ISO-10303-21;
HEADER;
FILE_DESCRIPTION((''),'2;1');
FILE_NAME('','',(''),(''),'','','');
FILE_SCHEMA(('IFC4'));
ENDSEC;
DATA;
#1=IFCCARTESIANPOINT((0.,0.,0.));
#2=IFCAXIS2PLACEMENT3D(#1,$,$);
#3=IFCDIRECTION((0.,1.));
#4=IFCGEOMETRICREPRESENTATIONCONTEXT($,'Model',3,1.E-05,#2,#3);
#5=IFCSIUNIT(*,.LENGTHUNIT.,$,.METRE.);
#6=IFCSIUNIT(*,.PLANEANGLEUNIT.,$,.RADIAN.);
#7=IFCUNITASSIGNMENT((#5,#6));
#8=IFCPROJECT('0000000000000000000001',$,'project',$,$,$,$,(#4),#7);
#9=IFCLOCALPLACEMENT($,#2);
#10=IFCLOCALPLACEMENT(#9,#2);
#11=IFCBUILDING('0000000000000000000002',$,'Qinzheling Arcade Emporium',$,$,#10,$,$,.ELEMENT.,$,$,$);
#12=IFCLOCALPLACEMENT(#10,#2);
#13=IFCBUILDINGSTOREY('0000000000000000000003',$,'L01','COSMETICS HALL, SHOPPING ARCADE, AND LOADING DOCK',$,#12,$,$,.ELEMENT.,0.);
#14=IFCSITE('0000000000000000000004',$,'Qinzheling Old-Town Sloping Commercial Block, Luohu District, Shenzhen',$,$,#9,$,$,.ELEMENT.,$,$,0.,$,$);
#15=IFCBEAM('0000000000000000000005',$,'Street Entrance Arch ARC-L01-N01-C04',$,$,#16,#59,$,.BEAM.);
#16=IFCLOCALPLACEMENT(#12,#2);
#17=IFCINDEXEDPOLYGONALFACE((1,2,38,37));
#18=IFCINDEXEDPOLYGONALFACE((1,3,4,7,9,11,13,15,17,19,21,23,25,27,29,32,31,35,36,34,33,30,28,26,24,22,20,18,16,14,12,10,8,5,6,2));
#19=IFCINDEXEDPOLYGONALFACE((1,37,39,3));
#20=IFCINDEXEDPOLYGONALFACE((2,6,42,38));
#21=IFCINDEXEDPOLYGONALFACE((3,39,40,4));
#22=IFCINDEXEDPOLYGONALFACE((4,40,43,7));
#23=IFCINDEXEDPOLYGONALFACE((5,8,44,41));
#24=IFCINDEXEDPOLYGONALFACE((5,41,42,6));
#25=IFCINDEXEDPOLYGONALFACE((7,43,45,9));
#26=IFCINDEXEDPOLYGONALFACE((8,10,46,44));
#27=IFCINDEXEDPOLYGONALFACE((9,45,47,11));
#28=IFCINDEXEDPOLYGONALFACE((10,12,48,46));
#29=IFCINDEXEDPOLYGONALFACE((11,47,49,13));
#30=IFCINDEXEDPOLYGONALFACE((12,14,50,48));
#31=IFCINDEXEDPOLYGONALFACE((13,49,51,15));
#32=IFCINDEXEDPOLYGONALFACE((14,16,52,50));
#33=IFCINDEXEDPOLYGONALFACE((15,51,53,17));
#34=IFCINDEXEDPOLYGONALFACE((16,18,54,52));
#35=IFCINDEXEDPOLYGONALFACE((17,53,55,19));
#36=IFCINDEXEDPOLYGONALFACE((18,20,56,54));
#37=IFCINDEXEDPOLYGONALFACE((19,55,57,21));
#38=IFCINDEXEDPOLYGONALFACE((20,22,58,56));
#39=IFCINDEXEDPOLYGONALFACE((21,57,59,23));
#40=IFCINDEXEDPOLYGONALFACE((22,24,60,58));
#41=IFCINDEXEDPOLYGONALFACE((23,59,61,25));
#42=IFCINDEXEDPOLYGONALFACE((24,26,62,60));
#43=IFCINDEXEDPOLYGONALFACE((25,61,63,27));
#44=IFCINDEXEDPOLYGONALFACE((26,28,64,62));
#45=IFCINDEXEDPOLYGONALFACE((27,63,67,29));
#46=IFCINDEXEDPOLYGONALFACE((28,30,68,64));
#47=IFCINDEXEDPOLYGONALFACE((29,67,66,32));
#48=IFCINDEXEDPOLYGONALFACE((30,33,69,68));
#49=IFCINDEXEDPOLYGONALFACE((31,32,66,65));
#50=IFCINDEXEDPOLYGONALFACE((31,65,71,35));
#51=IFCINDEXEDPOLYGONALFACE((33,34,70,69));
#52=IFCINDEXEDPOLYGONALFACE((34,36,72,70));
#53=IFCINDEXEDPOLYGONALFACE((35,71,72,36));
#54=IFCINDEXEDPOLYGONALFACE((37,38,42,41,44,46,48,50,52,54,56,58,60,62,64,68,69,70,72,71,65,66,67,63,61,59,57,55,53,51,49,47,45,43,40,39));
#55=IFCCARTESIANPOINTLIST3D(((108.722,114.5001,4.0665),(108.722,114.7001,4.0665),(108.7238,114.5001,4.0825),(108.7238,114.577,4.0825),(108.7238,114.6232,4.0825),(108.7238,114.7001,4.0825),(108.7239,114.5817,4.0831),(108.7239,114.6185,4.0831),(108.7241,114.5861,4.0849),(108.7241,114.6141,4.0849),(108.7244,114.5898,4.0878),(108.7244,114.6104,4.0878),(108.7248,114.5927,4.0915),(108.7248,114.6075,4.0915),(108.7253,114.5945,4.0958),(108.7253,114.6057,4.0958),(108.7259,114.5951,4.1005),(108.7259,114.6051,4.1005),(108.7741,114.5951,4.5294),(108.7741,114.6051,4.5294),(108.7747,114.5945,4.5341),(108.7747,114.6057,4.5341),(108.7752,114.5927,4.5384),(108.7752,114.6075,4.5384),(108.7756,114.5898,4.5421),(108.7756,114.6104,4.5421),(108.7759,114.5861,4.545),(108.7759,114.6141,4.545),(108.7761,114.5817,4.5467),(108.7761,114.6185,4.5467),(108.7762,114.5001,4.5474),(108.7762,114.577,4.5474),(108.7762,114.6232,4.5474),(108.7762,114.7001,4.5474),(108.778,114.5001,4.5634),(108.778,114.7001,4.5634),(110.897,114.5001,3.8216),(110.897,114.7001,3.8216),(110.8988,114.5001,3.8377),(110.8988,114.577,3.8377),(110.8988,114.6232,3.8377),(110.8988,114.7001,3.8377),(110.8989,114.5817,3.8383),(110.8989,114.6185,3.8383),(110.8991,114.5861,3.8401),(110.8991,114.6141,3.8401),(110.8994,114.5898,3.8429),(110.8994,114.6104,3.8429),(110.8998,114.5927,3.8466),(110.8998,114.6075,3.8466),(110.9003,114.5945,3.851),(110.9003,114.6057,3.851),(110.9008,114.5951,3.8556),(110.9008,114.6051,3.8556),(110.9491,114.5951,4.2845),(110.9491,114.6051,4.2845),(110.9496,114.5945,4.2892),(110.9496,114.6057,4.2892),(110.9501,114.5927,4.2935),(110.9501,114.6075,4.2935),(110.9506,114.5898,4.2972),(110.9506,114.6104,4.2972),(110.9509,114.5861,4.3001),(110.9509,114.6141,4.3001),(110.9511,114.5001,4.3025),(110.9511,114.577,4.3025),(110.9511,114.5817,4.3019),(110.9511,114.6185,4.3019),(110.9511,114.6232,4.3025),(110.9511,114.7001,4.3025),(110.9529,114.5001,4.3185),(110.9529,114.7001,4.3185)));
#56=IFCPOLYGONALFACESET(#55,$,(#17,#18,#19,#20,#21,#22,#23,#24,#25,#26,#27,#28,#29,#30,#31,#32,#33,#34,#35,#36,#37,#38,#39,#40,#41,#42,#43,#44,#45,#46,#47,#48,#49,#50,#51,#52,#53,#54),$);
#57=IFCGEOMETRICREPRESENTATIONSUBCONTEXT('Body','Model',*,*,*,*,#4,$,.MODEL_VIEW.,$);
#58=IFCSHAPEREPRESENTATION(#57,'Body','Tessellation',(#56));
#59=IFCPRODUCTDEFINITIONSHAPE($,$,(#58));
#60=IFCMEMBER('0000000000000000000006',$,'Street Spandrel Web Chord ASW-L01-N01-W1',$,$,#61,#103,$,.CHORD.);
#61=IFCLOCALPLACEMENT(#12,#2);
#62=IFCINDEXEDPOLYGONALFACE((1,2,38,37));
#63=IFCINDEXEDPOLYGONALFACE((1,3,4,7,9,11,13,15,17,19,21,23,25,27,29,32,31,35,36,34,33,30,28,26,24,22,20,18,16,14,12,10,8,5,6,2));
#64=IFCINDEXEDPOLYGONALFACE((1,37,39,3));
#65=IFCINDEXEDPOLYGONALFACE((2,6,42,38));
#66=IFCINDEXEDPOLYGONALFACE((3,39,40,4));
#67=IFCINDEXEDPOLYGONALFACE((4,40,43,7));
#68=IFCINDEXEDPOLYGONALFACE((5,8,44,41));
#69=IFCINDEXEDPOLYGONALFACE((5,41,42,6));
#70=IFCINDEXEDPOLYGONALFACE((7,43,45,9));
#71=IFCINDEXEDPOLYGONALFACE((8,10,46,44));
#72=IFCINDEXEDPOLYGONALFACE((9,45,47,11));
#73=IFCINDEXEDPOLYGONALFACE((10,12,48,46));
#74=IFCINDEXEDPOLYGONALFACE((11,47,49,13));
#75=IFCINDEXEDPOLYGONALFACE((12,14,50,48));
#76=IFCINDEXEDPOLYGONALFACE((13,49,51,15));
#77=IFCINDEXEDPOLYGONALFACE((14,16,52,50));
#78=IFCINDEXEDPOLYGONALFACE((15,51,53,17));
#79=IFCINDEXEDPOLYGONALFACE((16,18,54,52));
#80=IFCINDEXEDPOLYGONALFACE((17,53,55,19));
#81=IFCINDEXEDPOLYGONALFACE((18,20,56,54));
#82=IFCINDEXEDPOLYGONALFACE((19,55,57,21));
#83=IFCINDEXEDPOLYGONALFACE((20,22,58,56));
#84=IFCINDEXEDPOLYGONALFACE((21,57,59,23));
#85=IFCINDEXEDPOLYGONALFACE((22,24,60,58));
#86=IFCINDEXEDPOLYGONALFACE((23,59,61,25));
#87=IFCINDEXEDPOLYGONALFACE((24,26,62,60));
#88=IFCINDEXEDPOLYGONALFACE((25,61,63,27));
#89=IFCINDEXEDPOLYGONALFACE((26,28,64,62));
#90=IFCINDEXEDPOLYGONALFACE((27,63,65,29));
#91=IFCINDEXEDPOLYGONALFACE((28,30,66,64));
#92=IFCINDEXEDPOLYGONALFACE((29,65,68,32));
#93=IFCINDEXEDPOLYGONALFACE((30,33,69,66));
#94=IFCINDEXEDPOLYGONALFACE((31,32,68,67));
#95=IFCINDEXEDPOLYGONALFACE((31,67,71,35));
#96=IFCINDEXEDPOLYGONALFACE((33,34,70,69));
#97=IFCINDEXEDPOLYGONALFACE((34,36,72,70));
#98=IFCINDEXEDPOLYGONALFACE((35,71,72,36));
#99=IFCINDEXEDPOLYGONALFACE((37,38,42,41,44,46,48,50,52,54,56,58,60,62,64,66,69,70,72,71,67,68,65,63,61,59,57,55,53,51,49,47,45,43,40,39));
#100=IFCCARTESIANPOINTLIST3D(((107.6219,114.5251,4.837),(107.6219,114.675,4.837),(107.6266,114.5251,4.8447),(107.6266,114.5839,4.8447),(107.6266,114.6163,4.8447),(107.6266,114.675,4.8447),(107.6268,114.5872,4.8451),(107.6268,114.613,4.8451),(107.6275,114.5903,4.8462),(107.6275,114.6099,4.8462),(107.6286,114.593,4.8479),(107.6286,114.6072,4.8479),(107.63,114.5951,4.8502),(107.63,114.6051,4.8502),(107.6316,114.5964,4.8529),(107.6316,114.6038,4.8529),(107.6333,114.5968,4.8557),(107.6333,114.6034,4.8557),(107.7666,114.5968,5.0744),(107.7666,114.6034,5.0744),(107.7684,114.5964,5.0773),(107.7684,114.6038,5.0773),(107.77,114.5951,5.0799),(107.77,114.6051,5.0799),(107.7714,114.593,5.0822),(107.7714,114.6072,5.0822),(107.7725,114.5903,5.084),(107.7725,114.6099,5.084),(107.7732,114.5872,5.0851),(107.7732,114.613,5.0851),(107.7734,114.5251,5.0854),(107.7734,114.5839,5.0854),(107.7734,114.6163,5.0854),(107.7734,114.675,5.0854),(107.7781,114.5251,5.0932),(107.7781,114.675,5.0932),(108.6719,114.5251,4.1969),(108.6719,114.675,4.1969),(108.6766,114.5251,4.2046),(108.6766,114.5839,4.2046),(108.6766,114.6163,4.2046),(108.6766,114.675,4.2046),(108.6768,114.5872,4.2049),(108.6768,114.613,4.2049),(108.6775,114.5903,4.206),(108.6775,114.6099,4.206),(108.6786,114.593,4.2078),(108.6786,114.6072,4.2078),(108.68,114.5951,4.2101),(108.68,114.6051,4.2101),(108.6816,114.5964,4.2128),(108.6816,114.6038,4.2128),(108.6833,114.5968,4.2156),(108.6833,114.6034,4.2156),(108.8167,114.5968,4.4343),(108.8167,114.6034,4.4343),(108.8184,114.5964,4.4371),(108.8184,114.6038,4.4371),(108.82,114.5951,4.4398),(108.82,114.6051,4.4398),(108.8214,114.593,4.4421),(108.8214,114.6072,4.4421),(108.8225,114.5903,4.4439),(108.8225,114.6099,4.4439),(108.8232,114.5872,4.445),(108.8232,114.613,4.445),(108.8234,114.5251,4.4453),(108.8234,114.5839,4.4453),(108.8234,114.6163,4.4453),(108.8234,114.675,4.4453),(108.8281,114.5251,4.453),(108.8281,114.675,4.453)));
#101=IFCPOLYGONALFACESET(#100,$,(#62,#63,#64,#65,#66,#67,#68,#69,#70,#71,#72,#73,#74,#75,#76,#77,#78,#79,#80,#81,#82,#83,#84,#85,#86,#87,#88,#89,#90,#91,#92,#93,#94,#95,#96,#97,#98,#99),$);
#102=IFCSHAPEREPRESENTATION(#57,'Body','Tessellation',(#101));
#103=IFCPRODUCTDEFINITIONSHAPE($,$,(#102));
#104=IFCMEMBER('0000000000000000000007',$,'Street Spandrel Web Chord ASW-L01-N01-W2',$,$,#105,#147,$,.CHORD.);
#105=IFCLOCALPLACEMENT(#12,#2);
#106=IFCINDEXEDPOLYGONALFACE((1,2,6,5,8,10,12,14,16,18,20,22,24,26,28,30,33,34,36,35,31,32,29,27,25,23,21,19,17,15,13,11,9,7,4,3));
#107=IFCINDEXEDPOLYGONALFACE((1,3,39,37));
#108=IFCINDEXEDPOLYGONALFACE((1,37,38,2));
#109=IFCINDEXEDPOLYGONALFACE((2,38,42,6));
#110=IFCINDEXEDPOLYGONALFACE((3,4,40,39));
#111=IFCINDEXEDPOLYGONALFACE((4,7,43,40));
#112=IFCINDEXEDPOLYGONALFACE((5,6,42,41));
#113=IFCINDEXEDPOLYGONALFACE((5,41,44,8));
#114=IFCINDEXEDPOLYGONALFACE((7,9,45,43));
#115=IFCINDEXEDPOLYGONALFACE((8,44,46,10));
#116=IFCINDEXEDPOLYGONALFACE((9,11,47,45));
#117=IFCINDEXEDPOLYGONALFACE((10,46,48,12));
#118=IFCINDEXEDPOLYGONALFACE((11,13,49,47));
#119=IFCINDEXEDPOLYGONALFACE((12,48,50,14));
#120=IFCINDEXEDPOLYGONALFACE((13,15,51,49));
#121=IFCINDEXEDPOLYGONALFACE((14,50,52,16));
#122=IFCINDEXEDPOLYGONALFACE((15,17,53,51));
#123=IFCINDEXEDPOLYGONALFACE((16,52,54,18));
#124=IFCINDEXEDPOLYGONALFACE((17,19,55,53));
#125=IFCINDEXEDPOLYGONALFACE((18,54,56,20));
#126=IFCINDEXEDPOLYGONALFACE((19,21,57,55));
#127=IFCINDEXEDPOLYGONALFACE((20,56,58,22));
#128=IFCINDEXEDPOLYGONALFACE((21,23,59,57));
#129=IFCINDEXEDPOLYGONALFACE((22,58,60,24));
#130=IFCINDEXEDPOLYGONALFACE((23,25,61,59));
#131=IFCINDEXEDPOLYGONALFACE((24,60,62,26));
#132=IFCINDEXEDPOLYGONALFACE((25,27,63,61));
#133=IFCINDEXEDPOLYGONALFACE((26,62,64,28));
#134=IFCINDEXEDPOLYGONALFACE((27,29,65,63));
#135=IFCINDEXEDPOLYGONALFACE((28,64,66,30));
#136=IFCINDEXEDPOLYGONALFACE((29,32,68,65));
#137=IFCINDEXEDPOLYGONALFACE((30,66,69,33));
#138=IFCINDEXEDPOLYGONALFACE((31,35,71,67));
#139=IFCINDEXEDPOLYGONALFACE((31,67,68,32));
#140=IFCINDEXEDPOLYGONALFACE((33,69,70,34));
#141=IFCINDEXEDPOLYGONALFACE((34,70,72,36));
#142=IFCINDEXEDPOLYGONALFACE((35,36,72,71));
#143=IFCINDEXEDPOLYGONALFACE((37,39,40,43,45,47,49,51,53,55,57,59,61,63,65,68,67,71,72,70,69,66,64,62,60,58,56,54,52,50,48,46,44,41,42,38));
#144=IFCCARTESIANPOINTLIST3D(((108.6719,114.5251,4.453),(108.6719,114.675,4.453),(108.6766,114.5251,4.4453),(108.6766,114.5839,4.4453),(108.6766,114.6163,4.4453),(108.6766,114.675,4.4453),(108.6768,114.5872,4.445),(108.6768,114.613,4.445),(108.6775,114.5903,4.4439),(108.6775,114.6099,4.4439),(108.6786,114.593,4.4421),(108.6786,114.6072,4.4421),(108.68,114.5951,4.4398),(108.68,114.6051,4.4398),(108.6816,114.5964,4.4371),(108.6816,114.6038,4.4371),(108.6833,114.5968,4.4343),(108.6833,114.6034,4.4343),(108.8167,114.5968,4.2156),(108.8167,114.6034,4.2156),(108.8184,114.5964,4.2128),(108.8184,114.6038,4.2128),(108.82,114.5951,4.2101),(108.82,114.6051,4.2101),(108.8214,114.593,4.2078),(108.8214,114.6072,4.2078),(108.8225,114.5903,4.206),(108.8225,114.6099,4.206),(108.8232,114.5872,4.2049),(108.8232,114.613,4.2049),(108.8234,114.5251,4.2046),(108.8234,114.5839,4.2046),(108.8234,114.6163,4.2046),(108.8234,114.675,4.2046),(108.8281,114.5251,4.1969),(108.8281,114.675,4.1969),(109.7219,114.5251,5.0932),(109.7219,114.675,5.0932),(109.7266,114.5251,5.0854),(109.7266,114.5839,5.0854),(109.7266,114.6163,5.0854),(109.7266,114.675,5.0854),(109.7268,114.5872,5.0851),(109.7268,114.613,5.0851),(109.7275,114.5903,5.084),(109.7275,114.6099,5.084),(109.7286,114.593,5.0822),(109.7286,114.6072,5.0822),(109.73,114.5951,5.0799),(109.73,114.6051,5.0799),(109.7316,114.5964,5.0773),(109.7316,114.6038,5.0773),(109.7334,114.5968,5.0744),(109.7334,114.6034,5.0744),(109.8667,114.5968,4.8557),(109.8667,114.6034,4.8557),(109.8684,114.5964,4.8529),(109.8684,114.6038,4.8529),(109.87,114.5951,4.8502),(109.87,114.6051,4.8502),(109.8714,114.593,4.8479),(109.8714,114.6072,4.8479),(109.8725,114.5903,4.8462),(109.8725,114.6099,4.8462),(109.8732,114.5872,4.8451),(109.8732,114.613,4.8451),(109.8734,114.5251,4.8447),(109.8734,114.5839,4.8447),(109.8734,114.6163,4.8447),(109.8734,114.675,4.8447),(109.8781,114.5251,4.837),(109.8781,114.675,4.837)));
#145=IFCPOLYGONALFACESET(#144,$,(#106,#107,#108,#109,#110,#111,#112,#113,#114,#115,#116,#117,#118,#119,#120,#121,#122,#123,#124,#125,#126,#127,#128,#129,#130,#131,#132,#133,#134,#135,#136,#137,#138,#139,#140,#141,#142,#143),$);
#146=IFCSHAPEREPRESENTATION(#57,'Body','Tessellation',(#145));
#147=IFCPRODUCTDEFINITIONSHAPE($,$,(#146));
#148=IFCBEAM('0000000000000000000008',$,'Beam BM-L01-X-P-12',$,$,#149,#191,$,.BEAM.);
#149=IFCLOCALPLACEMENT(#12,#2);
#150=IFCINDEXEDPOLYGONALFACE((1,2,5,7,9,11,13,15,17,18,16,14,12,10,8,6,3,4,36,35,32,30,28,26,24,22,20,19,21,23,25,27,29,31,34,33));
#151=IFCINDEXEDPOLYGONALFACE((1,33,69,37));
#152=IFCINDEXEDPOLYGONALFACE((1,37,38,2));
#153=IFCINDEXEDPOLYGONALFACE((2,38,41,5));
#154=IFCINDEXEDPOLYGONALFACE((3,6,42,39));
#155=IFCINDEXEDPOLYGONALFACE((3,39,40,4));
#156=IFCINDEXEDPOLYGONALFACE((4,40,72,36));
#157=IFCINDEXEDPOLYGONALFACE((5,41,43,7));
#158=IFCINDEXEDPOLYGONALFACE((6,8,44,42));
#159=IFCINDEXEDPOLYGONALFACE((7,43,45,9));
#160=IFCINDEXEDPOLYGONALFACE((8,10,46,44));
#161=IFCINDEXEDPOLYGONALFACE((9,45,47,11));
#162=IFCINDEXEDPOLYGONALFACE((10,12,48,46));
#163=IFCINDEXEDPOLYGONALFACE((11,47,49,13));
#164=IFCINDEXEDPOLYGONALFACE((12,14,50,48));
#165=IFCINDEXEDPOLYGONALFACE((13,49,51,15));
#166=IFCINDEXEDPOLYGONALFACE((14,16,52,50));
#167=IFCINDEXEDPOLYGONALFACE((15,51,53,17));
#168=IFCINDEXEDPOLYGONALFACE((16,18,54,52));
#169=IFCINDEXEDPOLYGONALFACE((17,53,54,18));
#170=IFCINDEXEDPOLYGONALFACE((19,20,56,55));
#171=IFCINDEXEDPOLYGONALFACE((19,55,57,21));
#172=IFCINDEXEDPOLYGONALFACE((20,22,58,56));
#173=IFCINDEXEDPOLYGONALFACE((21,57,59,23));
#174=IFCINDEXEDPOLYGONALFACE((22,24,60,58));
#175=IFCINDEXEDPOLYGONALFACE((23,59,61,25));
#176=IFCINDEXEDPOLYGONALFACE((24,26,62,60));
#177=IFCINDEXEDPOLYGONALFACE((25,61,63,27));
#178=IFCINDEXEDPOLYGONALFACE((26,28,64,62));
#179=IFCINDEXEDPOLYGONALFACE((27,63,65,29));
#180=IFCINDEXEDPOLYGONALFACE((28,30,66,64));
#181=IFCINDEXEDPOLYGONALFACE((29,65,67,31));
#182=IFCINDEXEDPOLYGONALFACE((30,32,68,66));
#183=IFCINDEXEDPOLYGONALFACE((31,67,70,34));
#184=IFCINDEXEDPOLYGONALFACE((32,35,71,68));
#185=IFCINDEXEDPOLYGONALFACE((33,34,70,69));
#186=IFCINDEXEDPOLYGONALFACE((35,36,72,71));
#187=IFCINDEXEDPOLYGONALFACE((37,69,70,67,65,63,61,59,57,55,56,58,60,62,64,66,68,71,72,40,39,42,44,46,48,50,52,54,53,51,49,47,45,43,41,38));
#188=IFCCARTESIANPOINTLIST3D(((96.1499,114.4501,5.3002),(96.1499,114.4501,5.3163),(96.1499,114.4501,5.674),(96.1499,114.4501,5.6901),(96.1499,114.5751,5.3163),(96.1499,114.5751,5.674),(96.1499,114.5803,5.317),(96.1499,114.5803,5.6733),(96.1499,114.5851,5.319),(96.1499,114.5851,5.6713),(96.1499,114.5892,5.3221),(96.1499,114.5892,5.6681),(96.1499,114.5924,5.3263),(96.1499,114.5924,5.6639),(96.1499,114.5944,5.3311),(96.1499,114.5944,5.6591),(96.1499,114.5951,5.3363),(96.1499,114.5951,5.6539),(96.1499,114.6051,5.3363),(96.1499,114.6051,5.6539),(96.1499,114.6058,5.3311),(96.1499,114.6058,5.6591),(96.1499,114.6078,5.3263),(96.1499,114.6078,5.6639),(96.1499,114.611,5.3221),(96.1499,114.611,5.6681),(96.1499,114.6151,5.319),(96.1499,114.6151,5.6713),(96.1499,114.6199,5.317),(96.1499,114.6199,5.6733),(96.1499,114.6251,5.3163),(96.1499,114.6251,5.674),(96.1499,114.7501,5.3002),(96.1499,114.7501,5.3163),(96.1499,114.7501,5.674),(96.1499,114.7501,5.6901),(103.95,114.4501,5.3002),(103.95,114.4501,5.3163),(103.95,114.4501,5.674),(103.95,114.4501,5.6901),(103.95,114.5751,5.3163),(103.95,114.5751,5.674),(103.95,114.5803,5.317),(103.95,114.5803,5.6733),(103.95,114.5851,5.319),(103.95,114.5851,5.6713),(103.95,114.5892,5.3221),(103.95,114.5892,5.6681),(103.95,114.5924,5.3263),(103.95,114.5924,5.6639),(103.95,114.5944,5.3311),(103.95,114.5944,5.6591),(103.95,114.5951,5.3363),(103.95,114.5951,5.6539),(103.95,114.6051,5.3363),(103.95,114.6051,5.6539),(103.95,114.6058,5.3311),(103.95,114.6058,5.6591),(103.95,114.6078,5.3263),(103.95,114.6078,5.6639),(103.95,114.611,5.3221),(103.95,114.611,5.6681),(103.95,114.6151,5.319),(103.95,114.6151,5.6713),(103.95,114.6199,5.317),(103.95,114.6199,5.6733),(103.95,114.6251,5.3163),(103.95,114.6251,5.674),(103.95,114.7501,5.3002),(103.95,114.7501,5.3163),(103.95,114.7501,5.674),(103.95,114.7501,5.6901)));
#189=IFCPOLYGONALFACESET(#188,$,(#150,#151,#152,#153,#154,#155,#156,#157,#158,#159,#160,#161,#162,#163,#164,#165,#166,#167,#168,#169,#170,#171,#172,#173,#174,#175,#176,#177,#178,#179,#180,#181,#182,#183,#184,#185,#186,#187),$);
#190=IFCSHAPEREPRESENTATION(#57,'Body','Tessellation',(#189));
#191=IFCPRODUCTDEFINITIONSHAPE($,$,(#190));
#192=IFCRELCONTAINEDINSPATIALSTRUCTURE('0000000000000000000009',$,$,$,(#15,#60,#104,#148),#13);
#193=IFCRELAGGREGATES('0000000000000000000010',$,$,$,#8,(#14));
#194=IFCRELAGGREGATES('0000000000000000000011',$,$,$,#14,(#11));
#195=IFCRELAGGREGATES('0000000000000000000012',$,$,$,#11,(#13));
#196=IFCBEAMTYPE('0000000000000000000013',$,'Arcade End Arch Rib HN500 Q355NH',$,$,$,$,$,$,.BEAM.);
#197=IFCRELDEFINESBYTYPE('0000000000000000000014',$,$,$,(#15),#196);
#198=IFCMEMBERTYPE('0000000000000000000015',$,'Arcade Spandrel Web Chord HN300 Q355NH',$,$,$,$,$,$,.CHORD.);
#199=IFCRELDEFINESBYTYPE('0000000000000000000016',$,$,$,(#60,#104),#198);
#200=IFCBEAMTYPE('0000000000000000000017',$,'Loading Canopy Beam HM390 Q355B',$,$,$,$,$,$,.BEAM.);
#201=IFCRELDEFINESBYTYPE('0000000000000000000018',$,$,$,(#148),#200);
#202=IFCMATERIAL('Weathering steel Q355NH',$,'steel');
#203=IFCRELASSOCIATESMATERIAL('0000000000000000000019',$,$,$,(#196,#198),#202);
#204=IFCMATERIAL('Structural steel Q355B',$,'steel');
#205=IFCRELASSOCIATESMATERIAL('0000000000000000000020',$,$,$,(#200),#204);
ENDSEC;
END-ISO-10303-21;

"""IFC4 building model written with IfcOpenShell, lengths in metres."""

from ifc_helpers import new_model, si_unit, direction, frame, origin, origin_2d, place, context, subcontext, project, spatial, i_section, extrude, material, material_profile, profile_set, type_object, element, save


model = new_model("IFC4")

# Units and contexts
model_context = context("Model", 3, precision=1e-05, world=origin(), true_north=direction((0.0, 1.0)))
body_context = subcontext(model_context, "Body", "Model", "MODEL_VIEW")
ifc_project = project(units=[si_unit("LENGTHUNIT", "METRE"), si_unit("PLANEANGLEUNIT", "RADIAN")], contexts=[model_context])

# Site, building, storey
site_placement = place(None, origin())
site = spatial("IfcSite", under=ifc_project, at=site_placement, Name="Qinzheling Old-Town Sloping Commercial Block, Luohu District, Shenzhen", CompositionType="ELEMENT", RefElevation=0.0)
building_placement = place(site_placement, origin())
building = spatial("IfcBuilding", under=site, at=building_placement, Name="Qinzheling Arcade Emporium", CompositionType="ELEMENT")
storey_placement = place(building_placement, origin())
storey = spatial("IfcBuildingStorey", under=building, at=storey_placement, Name="L01", Description="COSMETICS HALL, SHOPPING ARCADE, AND LOADING DOCK", CompositionType="ELEMENT", Elevation=0.0)

# Beam
ifc_material_1 = material(Name="Weathering steel Q355NH", Category="steel")
ifc_material_profile_1 = material_profile(ifc_material_1, i_section(OverallWidth=0.2, OverallDepth=0.5, WebThickness=0.01, FlangeThickness=0.0161, FilletRadius=0.0181, at=origin_2d()), Name="HN 500x200x10x16", Category="steel")
ifc_profile_set_1 = profile_set([ifc_material_profile_1], Name="Weathering steel Q355NH")
beam_type_1 = type_object("IfcBeamType", Name="Arcade End Arch Rib HN500 Q355NH", PredefinedType="BEAM", material=ifc_profile_set_1)
for number, where, z_axis, x_axis, name in (
    (1, (108.75, 114.6001, 4.3149), (0.993722, 0.0, -0.111876), (0.0, 1.0, 0.0), "Street Entrance Arch ARC-L01-N01-C04"),
):
    element("IfcBeam", number, at=place(storey_placement, frame(where, z_axis=z_axis, x_axis=x_axis)), inside=storey, type_object=beam_type_1, Name=name, PredefinedType="BEAM", context=body_context, shape_type="SweptSolid", body=[
        extrude(i_section(OverallWidth=0.2, OverallDepth=0.5, WebThickness=0.01, FlangeThickness=0.0161, FilletRadius=0.0181, at=origin_2d()), origin(), (0.0, 0.0, 1.0), 2.1887),
    ])

# Members
ifc_material_profile_2 = material_profile(ifc_material_1, i_section(OverallWidth=0.1499, OverallDepth=0.3, WebThickness=0.0066, FlangeThickness=0.009, FilletRadius=0.0129, at=origin_2d()), Name="HN 300x150x6.5x9", Category="steel")
ifc_profile_set_2 = profile_set([ifc_material_profile_2], Name="Weathering steel Q355NH")
member_type = type_object("IfcMemberType", Name="Arcade Spandrel Web Chord HN300 Q355NH", PredefinedType="CHORD", material=ifc_profile_set_2)
for number, where, z_axis, x_axis, name in (
    (2, (108.75, 114.6001, 4.325), (-0.853846, 0.0, 0.520526), (0.0, -1.0, 0.0), "Street Spandrel Web Chord ASW-L01-N01-W1"),
    (3, (108.75, 114.6001, 4.325), (0.853846, 0.0, 0.520526), (0.0, 1.0, 0.0), "Street Spandrel Web Chord ASW-L01-N01-W2"),
):
    element("IfcMember", number, at=place(storey_placement, frame(where, z_axis=z_axis, x_axis=x_axis)), inside=storey, type_object=member_type, Name=name, PredefinedType="CHORD", context=body_context, shape_type="SweptSolid", body=[
        extrude(i_section(OverallWidth=0.1499, OverallDepth=0.3, WebThickness=0.0066, FlangeThickness=0.009, FilletRadius=0.0129, at=origin_2d()), origin(), (0.0, 0.0, 1.0), 1.2297),
    ])

# Beam
ifc_material_2 = material(Name="Structural steel Q355B", Category="steel")
ifc_material_profile_3 = material_profile(ifc_material_2, i_section(OverallWidth=0.3, OverallDepth=0.3899, WebThickness=0.01, FlangeThickness=0.0161, FilletRadius=0.02, at=origin_2d()), Name="HM 390x300x10x16", Category="steel")
ifc_profile_set_3 = profile_set([ifc_material_profile_3], Name="Structural steel Q355B")
beam_type_2 = type_object("IfcBeamType", Name="Loading Canopy Beam HM390 Q355B", PredefinedType="BEAM", material=ifc_profile_set_3)
beam_1_placement = place(storey_placement, frame((96.1499, 114.6001, 5.4951), z_axis=(1.0, 0.0, 0.0), x_axis=(0.0, 1.0, 0.0)))
element("IfcBeam", 4, at=beam_1_placement, inside=storey, type_object=beam_type_2, Name="Beam BM-L01-X-P-12", PredefinedType="BEAM", context=body_context, shape_type="SweptSolid", body=[
    extrude(i_section(OverallWidth=0.3, OverallDepth=0.3899, WebThickness=0.01, FlangeThickness=0.0161, FilletRadius=0.02, at=origin_2d()), origin(), (0.0, 0.0, 1.0), 7.8),
])

save(model, "model.ifc")
